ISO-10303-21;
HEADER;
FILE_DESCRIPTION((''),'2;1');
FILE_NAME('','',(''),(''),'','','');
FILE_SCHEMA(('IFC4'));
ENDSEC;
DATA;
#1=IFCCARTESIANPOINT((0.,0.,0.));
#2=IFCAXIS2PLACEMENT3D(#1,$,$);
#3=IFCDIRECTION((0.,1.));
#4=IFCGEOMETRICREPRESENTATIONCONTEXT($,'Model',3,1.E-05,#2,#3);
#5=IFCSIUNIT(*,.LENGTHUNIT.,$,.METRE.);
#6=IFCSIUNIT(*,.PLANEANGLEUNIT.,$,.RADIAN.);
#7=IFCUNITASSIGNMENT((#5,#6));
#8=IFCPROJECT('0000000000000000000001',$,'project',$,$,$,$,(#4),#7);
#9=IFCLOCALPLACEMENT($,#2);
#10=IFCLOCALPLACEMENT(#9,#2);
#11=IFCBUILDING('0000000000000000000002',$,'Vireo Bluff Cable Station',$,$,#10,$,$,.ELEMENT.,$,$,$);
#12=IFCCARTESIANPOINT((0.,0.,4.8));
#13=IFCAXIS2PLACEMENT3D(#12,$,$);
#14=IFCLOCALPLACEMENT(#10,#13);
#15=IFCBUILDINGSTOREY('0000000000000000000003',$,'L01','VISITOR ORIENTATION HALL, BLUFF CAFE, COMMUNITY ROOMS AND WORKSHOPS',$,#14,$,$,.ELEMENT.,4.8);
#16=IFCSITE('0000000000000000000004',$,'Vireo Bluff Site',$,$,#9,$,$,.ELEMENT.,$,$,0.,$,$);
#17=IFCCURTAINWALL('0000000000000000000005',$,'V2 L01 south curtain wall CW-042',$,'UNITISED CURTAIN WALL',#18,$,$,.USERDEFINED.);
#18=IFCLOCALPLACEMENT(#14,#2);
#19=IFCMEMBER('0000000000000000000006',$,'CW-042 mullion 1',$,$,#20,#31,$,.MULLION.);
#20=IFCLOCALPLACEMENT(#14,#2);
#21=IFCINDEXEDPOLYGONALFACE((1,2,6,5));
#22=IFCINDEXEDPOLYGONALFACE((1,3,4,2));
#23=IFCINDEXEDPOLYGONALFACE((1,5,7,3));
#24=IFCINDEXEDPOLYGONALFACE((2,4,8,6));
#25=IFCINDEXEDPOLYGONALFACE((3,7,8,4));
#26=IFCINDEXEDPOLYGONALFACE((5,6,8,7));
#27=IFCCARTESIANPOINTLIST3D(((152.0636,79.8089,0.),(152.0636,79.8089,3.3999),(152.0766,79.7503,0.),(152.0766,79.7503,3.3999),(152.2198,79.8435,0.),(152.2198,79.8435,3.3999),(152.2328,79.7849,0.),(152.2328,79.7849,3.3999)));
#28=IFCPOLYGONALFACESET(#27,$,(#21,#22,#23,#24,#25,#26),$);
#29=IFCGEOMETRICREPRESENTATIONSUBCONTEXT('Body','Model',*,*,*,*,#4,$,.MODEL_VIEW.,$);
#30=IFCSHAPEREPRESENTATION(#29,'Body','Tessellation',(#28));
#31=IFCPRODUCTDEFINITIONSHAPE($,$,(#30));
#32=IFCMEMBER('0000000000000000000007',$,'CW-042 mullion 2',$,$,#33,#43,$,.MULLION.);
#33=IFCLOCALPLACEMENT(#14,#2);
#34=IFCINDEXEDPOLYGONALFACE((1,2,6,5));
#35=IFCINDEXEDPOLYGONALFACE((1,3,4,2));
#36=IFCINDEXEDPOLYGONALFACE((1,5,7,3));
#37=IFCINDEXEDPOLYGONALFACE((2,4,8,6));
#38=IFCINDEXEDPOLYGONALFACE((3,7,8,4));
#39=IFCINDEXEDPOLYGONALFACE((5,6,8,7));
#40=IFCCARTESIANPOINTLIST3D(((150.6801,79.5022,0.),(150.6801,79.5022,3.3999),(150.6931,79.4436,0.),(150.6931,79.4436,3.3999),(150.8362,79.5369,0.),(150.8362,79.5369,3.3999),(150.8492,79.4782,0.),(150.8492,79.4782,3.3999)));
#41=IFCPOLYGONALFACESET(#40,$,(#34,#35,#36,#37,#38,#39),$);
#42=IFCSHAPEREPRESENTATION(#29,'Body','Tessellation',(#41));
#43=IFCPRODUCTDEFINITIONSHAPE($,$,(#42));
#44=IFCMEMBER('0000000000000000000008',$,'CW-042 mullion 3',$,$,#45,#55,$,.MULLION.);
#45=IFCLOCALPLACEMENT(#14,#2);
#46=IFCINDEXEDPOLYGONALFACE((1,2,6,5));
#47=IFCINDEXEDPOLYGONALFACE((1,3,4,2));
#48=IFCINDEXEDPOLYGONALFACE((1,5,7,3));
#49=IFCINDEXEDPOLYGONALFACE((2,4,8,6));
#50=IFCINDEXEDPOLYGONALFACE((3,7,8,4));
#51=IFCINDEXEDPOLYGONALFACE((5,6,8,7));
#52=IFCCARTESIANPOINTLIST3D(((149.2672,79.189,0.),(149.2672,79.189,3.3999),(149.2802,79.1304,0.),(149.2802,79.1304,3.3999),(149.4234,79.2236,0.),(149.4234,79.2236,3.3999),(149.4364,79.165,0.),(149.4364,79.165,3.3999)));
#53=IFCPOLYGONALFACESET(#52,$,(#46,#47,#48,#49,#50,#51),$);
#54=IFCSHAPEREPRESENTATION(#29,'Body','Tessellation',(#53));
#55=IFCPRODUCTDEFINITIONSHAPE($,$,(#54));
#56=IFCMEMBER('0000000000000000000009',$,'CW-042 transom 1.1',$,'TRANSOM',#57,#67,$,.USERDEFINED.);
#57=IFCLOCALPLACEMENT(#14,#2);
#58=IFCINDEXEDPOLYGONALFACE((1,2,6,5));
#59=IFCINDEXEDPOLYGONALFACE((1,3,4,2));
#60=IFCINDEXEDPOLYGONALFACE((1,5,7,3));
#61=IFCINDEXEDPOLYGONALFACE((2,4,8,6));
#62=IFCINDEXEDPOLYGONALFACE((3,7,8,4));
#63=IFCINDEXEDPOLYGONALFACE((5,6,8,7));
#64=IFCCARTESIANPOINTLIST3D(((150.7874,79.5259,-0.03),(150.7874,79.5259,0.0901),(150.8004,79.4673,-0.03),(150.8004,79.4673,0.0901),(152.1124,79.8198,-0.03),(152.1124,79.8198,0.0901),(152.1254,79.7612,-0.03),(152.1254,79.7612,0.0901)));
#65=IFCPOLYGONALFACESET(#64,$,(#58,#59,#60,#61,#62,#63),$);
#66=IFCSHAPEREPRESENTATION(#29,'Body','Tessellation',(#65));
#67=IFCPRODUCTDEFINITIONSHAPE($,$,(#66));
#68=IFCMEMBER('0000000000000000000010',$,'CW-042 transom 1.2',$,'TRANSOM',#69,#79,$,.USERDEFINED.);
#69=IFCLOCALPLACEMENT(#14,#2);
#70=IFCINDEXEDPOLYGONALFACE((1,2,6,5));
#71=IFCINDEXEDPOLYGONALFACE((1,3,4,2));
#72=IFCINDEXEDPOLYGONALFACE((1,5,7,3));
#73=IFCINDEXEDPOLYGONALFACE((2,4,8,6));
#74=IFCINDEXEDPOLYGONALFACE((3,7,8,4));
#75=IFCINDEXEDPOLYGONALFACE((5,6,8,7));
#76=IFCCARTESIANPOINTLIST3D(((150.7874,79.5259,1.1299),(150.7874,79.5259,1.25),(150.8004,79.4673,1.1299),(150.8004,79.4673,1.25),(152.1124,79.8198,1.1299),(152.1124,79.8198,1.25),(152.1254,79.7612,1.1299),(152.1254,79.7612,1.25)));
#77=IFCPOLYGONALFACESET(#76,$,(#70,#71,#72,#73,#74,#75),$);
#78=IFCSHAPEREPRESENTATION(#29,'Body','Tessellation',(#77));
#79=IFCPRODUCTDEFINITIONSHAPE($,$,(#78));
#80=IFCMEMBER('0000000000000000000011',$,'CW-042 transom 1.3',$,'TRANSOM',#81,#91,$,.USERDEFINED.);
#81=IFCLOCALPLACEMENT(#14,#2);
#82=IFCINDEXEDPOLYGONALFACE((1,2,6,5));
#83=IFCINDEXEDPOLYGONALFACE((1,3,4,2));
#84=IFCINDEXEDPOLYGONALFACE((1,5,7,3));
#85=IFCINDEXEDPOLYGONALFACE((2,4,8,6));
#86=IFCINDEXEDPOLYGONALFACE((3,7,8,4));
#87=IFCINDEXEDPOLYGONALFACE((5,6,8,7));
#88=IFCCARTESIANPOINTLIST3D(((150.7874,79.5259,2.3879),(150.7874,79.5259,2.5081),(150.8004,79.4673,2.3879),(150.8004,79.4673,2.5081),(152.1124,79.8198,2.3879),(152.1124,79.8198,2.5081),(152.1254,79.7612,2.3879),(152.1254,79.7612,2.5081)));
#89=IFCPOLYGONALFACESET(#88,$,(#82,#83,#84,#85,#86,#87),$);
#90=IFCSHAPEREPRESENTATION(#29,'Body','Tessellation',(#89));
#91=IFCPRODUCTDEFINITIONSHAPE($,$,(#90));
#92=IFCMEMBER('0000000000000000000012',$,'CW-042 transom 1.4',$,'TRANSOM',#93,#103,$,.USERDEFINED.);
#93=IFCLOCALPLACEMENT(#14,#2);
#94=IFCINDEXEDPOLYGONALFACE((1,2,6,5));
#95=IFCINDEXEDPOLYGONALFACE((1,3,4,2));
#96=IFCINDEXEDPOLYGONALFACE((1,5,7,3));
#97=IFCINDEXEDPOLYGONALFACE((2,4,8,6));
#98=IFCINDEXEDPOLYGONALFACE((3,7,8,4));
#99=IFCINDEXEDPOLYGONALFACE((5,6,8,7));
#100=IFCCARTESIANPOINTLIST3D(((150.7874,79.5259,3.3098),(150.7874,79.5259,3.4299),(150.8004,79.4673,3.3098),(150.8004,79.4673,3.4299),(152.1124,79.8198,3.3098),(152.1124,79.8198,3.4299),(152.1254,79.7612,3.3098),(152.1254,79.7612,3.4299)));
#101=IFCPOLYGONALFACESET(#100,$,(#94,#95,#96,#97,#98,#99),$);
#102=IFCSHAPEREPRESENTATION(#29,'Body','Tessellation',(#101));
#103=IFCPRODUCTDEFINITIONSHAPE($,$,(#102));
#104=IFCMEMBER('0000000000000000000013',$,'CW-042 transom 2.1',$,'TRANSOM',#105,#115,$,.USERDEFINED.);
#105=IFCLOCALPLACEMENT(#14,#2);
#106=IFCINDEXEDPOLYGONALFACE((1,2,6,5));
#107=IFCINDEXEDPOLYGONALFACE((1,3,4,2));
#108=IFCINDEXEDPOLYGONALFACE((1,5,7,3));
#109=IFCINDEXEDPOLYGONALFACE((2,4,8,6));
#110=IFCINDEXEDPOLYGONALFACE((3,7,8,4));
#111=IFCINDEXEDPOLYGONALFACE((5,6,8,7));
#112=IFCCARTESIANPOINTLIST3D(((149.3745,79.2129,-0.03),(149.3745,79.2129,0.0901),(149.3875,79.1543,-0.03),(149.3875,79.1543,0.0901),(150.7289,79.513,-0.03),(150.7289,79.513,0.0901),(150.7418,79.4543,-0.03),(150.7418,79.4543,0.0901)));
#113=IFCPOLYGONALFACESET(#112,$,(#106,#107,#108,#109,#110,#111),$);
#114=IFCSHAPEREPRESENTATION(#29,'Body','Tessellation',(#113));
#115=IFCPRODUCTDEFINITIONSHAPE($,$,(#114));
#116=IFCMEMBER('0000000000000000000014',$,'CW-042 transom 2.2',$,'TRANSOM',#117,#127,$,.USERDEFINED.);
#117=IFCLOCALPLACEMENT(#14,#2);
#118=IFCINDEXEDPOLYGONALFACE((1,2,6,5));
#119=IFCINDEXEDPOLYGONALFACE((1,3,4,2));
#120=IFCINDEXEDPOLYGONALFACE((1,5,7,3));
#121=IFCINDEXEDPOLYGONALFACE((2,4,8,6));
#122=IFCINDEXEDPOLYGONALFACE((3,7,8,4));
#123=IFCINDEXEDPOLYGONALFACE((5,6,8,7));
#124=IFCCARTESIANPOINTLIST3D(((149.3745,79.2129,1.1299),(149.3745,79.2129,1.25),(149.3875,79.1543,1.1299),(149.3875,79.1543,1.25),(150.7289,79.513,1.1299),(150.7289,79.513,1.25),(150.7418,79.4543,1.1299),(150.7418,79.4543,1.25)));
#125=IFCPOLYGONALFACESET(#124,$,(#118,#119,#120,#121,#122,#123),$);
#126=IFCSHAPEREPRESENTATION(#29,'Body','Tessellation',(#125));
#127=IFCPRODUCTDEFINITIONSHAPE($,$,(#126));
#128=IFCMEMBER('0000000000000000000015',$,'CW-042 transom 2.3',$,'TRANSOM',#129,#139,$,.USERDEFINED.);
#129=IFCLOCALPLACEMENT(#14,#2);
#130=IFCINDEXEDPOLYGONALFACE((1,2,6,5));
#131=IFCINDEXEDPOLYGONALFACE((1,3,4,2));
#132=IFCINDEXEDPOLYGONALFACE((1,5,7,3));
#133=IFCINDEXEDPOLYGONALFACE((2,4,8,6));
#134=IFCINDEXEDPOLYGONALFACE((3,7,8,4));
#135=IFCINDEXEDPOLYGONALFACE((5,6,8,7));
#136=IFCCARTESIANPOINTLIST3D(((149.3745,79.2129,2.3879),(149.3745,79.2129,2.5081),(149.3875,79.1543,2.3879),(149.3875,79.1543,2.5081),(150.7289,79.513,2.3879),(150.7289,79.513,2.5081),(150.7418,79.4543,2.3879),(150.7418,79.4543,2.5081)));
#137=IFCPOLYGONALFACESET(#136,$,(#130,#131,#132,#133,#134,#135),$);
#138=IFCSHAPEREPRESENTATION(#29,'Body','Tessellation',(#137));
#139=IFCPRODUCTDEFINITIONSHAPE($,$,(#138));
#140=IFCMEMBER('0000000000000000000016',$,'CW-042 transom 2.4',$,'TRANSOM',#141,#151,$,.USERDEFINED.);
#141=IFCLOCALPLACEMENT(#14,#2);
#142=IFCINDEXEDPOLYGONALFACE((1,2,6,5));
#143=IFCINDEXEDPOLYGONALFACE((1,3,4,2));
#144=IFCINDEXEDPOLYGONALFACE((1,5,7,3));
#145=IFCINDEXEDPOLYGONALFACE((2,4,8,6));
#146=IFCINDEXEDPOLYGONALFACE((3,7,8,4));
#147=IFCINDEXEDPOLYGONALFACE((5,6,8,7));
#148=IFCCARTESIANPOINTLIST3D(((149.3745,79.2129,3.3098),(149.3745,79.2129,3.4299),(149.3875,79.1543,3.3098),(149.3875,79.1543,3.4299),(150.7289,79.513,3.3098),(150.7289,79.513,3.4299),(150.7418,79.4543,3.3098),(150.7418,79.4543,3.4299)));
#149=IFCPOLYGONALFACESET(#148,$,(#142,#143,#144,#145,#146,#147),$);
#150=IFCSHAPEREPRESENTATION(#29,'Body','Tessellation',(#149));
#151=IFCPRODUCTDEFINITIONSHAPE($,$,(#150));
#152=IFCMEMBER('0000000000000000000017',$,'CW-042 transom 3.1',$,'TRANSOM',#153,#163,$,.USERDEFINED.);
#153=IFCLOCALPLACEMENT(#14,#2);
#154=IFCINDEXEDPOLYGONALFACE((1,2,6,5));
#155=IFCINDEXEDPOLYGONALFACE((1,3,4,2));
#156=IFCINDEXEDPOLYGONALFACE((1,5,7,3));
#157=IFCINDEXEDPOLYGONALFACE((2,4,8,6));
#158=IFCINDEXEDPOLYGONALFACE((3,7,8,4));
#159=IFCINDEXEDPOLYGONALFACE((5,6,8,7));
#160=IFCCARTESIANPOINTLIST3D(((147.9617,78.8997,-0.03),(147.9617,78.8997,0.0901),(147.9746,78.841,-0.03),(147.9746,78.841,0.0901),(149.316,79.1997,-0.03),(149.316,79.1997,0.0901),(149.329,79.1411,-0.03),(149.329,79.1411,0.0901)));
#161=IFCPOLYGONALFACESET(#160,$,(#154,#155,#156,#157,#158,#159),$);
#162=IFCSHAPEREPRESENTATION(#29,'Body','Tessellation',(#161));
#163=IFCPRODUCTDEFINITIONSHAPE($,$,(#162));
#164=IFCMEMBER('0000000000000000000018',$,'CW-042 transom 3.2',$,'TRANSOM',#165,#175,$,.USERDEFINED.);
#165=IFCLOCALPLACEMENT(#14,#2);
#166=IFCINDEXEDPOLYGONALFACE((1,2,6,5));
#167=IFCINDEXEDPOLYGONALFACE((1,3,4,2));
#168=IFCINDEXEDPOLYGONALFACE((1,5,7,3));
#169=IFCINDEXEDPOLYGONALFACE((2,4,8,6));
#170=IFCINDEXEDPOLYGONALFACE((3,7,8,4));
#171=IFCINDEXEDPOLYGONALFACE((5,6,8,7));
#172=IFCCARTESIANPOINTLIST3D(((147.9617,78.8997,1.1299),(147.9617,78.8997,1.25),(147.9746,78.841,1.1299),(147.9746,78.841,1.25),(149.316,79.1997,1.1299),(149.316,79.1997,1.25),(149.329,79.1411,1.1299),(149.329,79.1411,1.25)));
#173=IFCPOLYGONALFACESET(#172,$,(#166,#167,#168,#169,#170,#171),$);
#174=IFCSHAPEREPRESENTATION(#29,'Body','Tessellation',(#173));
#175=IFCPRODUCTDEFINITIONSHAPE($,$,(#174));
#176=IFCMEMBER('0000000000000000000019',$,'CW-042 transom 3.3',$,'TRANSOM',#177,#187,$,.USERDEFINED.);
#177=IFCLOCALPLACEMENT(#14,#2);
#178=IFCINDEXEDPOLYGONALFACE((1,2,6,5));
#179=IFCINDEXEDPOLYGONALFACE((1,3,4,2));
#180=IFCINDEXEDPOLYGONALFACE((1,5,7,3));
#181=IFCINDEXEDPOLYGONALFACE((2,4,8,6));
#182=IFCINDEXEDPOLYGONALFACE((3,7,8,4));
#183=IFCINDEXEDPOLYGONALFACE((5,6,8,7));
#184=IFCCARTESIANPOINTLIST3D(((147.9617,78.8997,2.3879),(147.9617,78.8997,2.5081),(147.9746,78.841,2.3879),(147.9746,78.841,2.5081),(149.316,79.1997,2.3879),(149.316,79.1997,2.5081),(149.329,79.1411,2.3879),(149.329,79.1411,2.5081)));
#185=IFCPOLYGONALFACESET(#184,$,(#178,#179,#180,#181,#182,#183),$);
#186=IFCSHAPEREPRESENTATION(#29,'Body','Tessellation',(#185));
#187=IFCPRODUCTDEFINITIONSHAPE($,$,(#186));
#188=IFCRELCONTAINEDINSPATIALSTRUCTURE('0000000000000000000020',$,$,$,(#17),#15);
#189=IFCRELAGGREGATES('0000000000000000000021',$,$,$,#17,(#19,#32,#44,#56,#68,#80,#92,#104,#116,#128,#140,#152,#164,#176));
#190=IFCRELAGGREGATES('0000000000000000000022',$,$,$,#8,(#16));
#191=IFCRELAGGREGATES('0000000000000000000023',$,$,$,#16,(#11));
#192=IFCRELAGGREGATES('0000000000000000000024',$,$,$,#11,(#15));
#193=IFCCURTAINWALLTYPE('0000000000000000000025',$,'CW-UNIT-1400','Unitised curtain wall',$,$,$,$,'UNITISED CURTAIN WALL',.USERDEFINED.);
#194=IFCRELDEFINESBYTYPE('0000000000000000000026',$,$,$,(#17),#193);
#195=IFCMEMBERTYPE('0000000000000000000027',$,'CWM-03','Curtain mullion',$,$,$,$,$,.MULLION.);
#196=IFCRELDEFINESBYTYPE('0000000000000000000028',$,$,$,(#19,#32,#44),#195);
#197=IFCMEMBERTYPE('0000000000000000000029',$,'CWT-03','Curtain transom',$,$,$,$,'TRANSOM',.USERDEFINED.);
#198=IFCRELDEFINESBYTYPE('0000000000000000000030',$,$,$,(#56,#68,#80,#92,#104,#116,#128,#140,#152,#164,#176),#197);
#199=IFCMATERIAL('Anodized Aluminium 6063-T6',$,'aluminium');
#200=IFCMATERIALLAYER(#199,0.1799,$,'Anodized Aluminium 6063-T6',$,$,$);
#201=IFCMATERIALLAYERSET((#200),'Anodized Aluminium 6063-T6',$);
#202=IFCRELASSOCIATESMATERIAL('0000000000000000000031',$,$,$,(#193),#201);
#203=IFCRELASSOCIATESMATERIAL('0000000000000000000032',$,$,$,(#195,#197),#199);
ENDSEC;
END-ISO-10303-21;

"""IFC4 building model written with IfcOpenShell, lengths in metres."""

from ifc_helpers import new_model, si_unit, direction, frame, origin, origin_2d, place, context, subcontext, project, spatial, rectangle, extrude, material, layer, layer_set, material_profile, profile_set, type_object, element, aggregate, save


model = new_model("IFC4")

# Units and contexts
model_context = context("Model", 3, precision=1e-05, world=origin(), true_north=direction((0.0, 1.0)))
body_context = subcontext(model_context, "Body", "Model", "MODEL_VIEW")
ifc_project = project(units=[si_unit("LENGTHUNIT", "METRE"), si_unit("PLANEANGLEUNIT", "RADIAN")], contexts=[model_context])

# Site, building, storey
site_placement = place(None, origin())
site = spatial("IfcSite", under=ifc_project, at=site_placement, Name="Vireo Bluff Site", CompositionType="ELEMENT", RefElevation=0.0)
building_placement = place(site_placement, origin())
building = spatial("IfcBuilding", under=site, at=building_placement, Name="Vireo Bluff Cable Station", CompositionType="ELEMENT")
storey_placement = place(building_placement, frame((0.0, 0.0, 4.8)))
storey = spatial("IfcBuildingStorey", under=building, at=storey_placement, Name="L01", Description="VISITOR ORIENTATION HALL, BLUFF CAFE, COMMUNITY ROOMS AND WORKSHOPS", CompositionType="ELEMENT", Elevation=4.8)

# Curtain wall, members
ifc_material_1 = material(Name="Anodized Aluminium 6063-T6", Category="aluminium")
ifc_layer_1 = layer(ifc_material_1, 0.1799, Name="Anodized Aluminium 6063-T6")
ifc_layer_set_1 = layer_set([ifc_layer_1], Name="Anodized Aluminium 6063-T6")
curtain_wall_type = type_object("IfcCurtainWallType", Name="CW-UNIT-1400", Description="Unitised curtain wall", ElementType="UNITISED CURTAIN WALL", PredefinedType="USERDEFINED", material=ifc_layer_set_1)
curtain_wall_placement = place(storey_placement, origin())
curtain_wall = element("IfcCurtainWall", 1, at=curtain_wall_placement, inside=storey, type_object=curtain_wall_type, Name="V2 L01 south curtain wall CW-042", ObjectType="UNITISED CURTAIN WALL", PredefinedType="USERDEFINED")
ifc_material_profile_1 = material_profile(ifc_material_1, rectangle(XDim=0.0601, YDim=0.1599, at=origin_2d()), Name="ALU-M-60X160")
ifc_profile_set_1 = profile_set([ifc_material_profile_1], Name="Anodized Aluminium 6063-T6")
member_type_1 = type_object("IfcMemberType", Name="CWM-03", Description="Curtain mullion", PredefinedType="MULLION", material=ifc_profile_set_1)
member_1_placement = place(storey_placement, frame((152.1482, 79.7969, 0.0), z_axis=(0.0, 0.0, 1.0), x_axis=(0.21644, -0.976296, 0.0)))
member_1 = element("IfcMember", 2, at=member_1_placement, type_object=member_type_1, Name="CW-042 mullion 1", PredefinedType="MULLION", context=body_context, shape_type="SweptSolid", body=[
    extrude(rectangle(XDim=0.0601, YDim=0.1599, at=origin_2d()), origin(), (0.0, 0.0, 1.0), 3.3999),
])
member_2_placement = place(storey_placement, frame((150.7646, 79.4902, 0.0), z_axis=(0.0, 0.0, 1.0), x_axis=(0.21644, -0.976296, 0.0)))
member_2 = element("IfcMember", 3, at=member_2_placement, type_object=member_type_1, Name="CW-042 mullion 2", PredefinedType="MULLION", context=body_context, shape_type="SweptSolid", body=[
    extrude(rectangle(XDim=0.0601, YDim=0.1599, at=origin_2d()), origin(), (0.0, 0.0, 1.0), 3.3999),
])
member_3_placement = place(storey_placement, frame((149.3518, 79.177, 0.0), z_axis=(0.0, 0.0, 1.0), x_axis=(0.21644, -0.976296, 0.0)))
member_3 = element("IfcMember", 4, at=member_3_placement, type_object=member_type_1, Name="CW-042 mullion 3", PredefinedType="MULLION", context=body_context, shape_type="SweptSolid", body=[
    extrude(rectangle(XDim=0.0601, YDim=0.1599, at=origin_2d()), origin(), (0.0, 0.0, 1.0), 3.3999),
])
ifc_material_profile_2 = material_profile(ifc_material_1, rectangle(XDim=0.0601, YDim=0.1201, at=origin_2d()), Name="ALU-T-60X120")
ifc_profile_set_2 = profile_set([ifc_material_profile_2], Name="Anodized Aluminium 6063-T6")
member_type_2 = type_object("IfcMemberType", Name="CWT-03", Description="Curtain transom", ElementType="TRANSOM", PredefinedType="USERDEFINED", material=ifc_profile_set_2)
member_4_placement = place(storey_placement, frame((152.1189, 79.7905, 0.03), z_axis=(-0.976263, -0.216588, 0.0), x_axis=(0.216588, -0.976263, 0.0)))
member_4 = element("IfcMember", 5, at=member_4_placement, type_object=member_type_2, Name="CW-042 transom 1.1", ObjectType="TRANSOM", PredefinedType="USERDEFINED", context=body_context, shape_type="SweptSolid", body=[
    extrude(rectangle(XDim=0.0601, YDim=0.1201, at=origin_2d()), origin(), (0.0, 0.0, 1.0), 1.3572),
])
member_5_placement = place(storey_placement, frame((152.1189, 79.7905, 1.1899), z_axis=(-0.976263, -0.216588, 0.0), x_axis=(0.216588, -0.976263, 0.0)))
member_5 = element("IfcMember", 6, at=member_5_placement, type_object=member_type_2, Name="CW-042 transom 1.2", ObjectType="TRANSOM", PredefinedType="USERDEFINED", context=body_context, shape_type="SweptSolid", body=[
    extrude(rectangle(XDim=0.0601, YDim=0.1201, at=origin_2d()), origin(), (0.0, 0.0, 1.0), 1.3572),
])
member_6_placement = place(storey_placement, frame((152.1189, 79.7905, 2.448), z_axis=(-0.976263, -0.216588, 0.0), x_axis=(0.216588, -0.976263, 0.0)))
member_6 = element("IfcMember", 7, at=member_6_placement, type_object=member_type_2, Name="CW-042 transom 1.3", ObjectType="TRANSOM", PredefinedType="USERDEFINED", context=body_context, shape_type="SweptSolid", body=[
    extrude(rectangle(XDim=0.0601, YDim=0.1201, at=origin_2d()), origin(), (0.0, 0.0, 1.0), 1.3572),
])
member_7_placement = place(storey_placement, frame((152.1189, 79.7905, 3.3699), z_axis=(-0.976263, -0.216588, 0.0), x_axis=(0.216588, -0.976263, 0.0)))
member_7 = element("IfcMember", 8, at=member_7_placement, type_object=member_type_2, Name="CW-042 transom 1.4", ObjectType="TRANSOM", PredefinedType="USERDEFINED", context=body_context, shape_type="SweptSolid", body=[
    extrude(rectangle(XDim=0.0601, YDim=0.1201, at=origin_2d()), origin(), (0.0, 0.0, 1.0), 1.3572),
])
member_8_placement = place(storey_placement, frame((150.7354, 79.4836, 0.03), z_axis=(-0.976324, -0.216315, 0.0), x_axis=(0.216315, -0.976324, 0.0)))
member_8 = element("IfcMember", 9, at=member_8_placement, type_object=member_type_2, Name="CW-042 transom 2.1", ObjectType="TRANSOM", PredefinedType="USERDEFINED", context=body_context, shape_type="SweptSolid", body=[
    extrude(rectangle(XDim=0.0601, YDim=0.1201, at=origin_2d()), origin(), (0.0, 0.0, 1.0), 1.3872),
])
member_9_placement = place(storey_placement, frame((150.7354, 79.4836, 1.1899), z_axis=(-0.976324, -0.216315, 0.0), x_axis=(0.216315, -0.976324, 0.0)))
member_9 = element("IfcMember", 10, at=member_9_placement, type_object=member_type_2, Name="CW-042 transom 2.2", ObjectType="TRANSOM", PredefinedType="USERDEFINED", context=body_context, shape_type="SweptSolid", body=[
    extrude(rectangle(XDim=0.0601, YDim=0.1201, at=origin_2d()), origin(), (0.0, 0.0, 1.0), 1.3872),
])
member_10_placement = place(storey_placement, frame((150.7354, 79.4836, 2.448), z_axis=(-0.976324, -0.216315, 0.0), x_axis=(0.216315, -0.976324, 0.0)))
member_10 = element("IfcMember", 11, at=member_10_placement, type_object=member_type_2, Name="CW-042 transom 2.3", ObjectType="TRANSOM", PredefinedType="USERDEFINED", context=body_context, shape_type="SweptSolid", body=[
    extrude(rectangle(XDim=0.0601, YDim=0.1201, at=origin_2d()), origin(), (0.0, 0.0, 1.0), 1.3872),
])
member_11_placement = place(storey_placement, frame((150.7354, 79.4836, 3.3699), z_axis=(-0.976324, -0.216315, 0.0), x_axis=(0.216315, -0.976324, 0.0)))
member_11 = element("IfcMember", 12, at=member_11_placement, type_object=member_type_2, Name="CW-042 transom 2.4", ObjectType="TRANSOM", PredefinedType="USERDEFINED", context=body_context, shape_type="SweptSolid", body=[
    extrude(rectangle(XDim=0.0601, YDim=0.1201, at=origin_2d()), origin(), (0.0, 0.0, 1.0), 1.3872),
])
member_12_placement = place(storey_placement, frame((149.3225, 79.1704, 0.03), z_axis=(-0.976324, -0.216315, 0.0), x_axis=(0.216315, -0.976324, 0.0)))
member_12 = element("IfcMember", 13, at=member_12_placement, type_object=member_type_2, Name="CW-042 transom 3.1", ObjectType="TRANSOM", PredefinedType="USERDEFINED", context=body_context, shape_type="SweptSolid", body=[
    extrude(rectangle(XDim=0.0601, YDim=0.1201, at=origin_2d()), origin(), (0.0, 0.0, 1.0), 1.3872),
])
member_13_placement = place(storey_placement, frame((149.3225, 79.1704, 1.1899), z_axis=(-0.976324, -0.216315, 0.0), x_axis=(0.216315, -0.976324, 0.0)))
member_13 = element("IfcMember", 14, at=member_13_placement, type_object=member_type_2, Name="CW-042 transom 3.2", ObjectType="TRANSOM", PredefinedType="USERDEFINED", context=body_context, shape_type="SweptSolid", body=[
    extrude(rectangle(XDim=0.0601, YDim=0.1201, at=origin_2d()), origin(), (0.0, 0.0, 1.0), 1.3872),
])
member_14_placement = place(storey_placement, frame((149.3225, 79.1704, 2.448), z_axis=(-0.976324, -0.216315, 0.0), x_axis=(0.216315, -0.976324, 0.0)))
member_14 = element("IfcMember", 15, at=member_14_placement, type_object=member_type_2, Name="CW-042 transom 3.3", ObjectType="TRANSOM", PredefinedType="USERDEFINED", context=body_context, shape_type="SweptSolid", body=[
    extrude(rectangle(XDim=0.0601, YDim=0.1201, at=origin_2d()), origin(), (0.0, 0.0, 1.0), 1.3872),
])
aggregate(curtain_wall, [member_1, member_2, member_3, member_4, member_5, member_6, member_7, member_8, member_9, member_10, member_11, member_12, member_13, member_14])

save(model, "model.ifc")
